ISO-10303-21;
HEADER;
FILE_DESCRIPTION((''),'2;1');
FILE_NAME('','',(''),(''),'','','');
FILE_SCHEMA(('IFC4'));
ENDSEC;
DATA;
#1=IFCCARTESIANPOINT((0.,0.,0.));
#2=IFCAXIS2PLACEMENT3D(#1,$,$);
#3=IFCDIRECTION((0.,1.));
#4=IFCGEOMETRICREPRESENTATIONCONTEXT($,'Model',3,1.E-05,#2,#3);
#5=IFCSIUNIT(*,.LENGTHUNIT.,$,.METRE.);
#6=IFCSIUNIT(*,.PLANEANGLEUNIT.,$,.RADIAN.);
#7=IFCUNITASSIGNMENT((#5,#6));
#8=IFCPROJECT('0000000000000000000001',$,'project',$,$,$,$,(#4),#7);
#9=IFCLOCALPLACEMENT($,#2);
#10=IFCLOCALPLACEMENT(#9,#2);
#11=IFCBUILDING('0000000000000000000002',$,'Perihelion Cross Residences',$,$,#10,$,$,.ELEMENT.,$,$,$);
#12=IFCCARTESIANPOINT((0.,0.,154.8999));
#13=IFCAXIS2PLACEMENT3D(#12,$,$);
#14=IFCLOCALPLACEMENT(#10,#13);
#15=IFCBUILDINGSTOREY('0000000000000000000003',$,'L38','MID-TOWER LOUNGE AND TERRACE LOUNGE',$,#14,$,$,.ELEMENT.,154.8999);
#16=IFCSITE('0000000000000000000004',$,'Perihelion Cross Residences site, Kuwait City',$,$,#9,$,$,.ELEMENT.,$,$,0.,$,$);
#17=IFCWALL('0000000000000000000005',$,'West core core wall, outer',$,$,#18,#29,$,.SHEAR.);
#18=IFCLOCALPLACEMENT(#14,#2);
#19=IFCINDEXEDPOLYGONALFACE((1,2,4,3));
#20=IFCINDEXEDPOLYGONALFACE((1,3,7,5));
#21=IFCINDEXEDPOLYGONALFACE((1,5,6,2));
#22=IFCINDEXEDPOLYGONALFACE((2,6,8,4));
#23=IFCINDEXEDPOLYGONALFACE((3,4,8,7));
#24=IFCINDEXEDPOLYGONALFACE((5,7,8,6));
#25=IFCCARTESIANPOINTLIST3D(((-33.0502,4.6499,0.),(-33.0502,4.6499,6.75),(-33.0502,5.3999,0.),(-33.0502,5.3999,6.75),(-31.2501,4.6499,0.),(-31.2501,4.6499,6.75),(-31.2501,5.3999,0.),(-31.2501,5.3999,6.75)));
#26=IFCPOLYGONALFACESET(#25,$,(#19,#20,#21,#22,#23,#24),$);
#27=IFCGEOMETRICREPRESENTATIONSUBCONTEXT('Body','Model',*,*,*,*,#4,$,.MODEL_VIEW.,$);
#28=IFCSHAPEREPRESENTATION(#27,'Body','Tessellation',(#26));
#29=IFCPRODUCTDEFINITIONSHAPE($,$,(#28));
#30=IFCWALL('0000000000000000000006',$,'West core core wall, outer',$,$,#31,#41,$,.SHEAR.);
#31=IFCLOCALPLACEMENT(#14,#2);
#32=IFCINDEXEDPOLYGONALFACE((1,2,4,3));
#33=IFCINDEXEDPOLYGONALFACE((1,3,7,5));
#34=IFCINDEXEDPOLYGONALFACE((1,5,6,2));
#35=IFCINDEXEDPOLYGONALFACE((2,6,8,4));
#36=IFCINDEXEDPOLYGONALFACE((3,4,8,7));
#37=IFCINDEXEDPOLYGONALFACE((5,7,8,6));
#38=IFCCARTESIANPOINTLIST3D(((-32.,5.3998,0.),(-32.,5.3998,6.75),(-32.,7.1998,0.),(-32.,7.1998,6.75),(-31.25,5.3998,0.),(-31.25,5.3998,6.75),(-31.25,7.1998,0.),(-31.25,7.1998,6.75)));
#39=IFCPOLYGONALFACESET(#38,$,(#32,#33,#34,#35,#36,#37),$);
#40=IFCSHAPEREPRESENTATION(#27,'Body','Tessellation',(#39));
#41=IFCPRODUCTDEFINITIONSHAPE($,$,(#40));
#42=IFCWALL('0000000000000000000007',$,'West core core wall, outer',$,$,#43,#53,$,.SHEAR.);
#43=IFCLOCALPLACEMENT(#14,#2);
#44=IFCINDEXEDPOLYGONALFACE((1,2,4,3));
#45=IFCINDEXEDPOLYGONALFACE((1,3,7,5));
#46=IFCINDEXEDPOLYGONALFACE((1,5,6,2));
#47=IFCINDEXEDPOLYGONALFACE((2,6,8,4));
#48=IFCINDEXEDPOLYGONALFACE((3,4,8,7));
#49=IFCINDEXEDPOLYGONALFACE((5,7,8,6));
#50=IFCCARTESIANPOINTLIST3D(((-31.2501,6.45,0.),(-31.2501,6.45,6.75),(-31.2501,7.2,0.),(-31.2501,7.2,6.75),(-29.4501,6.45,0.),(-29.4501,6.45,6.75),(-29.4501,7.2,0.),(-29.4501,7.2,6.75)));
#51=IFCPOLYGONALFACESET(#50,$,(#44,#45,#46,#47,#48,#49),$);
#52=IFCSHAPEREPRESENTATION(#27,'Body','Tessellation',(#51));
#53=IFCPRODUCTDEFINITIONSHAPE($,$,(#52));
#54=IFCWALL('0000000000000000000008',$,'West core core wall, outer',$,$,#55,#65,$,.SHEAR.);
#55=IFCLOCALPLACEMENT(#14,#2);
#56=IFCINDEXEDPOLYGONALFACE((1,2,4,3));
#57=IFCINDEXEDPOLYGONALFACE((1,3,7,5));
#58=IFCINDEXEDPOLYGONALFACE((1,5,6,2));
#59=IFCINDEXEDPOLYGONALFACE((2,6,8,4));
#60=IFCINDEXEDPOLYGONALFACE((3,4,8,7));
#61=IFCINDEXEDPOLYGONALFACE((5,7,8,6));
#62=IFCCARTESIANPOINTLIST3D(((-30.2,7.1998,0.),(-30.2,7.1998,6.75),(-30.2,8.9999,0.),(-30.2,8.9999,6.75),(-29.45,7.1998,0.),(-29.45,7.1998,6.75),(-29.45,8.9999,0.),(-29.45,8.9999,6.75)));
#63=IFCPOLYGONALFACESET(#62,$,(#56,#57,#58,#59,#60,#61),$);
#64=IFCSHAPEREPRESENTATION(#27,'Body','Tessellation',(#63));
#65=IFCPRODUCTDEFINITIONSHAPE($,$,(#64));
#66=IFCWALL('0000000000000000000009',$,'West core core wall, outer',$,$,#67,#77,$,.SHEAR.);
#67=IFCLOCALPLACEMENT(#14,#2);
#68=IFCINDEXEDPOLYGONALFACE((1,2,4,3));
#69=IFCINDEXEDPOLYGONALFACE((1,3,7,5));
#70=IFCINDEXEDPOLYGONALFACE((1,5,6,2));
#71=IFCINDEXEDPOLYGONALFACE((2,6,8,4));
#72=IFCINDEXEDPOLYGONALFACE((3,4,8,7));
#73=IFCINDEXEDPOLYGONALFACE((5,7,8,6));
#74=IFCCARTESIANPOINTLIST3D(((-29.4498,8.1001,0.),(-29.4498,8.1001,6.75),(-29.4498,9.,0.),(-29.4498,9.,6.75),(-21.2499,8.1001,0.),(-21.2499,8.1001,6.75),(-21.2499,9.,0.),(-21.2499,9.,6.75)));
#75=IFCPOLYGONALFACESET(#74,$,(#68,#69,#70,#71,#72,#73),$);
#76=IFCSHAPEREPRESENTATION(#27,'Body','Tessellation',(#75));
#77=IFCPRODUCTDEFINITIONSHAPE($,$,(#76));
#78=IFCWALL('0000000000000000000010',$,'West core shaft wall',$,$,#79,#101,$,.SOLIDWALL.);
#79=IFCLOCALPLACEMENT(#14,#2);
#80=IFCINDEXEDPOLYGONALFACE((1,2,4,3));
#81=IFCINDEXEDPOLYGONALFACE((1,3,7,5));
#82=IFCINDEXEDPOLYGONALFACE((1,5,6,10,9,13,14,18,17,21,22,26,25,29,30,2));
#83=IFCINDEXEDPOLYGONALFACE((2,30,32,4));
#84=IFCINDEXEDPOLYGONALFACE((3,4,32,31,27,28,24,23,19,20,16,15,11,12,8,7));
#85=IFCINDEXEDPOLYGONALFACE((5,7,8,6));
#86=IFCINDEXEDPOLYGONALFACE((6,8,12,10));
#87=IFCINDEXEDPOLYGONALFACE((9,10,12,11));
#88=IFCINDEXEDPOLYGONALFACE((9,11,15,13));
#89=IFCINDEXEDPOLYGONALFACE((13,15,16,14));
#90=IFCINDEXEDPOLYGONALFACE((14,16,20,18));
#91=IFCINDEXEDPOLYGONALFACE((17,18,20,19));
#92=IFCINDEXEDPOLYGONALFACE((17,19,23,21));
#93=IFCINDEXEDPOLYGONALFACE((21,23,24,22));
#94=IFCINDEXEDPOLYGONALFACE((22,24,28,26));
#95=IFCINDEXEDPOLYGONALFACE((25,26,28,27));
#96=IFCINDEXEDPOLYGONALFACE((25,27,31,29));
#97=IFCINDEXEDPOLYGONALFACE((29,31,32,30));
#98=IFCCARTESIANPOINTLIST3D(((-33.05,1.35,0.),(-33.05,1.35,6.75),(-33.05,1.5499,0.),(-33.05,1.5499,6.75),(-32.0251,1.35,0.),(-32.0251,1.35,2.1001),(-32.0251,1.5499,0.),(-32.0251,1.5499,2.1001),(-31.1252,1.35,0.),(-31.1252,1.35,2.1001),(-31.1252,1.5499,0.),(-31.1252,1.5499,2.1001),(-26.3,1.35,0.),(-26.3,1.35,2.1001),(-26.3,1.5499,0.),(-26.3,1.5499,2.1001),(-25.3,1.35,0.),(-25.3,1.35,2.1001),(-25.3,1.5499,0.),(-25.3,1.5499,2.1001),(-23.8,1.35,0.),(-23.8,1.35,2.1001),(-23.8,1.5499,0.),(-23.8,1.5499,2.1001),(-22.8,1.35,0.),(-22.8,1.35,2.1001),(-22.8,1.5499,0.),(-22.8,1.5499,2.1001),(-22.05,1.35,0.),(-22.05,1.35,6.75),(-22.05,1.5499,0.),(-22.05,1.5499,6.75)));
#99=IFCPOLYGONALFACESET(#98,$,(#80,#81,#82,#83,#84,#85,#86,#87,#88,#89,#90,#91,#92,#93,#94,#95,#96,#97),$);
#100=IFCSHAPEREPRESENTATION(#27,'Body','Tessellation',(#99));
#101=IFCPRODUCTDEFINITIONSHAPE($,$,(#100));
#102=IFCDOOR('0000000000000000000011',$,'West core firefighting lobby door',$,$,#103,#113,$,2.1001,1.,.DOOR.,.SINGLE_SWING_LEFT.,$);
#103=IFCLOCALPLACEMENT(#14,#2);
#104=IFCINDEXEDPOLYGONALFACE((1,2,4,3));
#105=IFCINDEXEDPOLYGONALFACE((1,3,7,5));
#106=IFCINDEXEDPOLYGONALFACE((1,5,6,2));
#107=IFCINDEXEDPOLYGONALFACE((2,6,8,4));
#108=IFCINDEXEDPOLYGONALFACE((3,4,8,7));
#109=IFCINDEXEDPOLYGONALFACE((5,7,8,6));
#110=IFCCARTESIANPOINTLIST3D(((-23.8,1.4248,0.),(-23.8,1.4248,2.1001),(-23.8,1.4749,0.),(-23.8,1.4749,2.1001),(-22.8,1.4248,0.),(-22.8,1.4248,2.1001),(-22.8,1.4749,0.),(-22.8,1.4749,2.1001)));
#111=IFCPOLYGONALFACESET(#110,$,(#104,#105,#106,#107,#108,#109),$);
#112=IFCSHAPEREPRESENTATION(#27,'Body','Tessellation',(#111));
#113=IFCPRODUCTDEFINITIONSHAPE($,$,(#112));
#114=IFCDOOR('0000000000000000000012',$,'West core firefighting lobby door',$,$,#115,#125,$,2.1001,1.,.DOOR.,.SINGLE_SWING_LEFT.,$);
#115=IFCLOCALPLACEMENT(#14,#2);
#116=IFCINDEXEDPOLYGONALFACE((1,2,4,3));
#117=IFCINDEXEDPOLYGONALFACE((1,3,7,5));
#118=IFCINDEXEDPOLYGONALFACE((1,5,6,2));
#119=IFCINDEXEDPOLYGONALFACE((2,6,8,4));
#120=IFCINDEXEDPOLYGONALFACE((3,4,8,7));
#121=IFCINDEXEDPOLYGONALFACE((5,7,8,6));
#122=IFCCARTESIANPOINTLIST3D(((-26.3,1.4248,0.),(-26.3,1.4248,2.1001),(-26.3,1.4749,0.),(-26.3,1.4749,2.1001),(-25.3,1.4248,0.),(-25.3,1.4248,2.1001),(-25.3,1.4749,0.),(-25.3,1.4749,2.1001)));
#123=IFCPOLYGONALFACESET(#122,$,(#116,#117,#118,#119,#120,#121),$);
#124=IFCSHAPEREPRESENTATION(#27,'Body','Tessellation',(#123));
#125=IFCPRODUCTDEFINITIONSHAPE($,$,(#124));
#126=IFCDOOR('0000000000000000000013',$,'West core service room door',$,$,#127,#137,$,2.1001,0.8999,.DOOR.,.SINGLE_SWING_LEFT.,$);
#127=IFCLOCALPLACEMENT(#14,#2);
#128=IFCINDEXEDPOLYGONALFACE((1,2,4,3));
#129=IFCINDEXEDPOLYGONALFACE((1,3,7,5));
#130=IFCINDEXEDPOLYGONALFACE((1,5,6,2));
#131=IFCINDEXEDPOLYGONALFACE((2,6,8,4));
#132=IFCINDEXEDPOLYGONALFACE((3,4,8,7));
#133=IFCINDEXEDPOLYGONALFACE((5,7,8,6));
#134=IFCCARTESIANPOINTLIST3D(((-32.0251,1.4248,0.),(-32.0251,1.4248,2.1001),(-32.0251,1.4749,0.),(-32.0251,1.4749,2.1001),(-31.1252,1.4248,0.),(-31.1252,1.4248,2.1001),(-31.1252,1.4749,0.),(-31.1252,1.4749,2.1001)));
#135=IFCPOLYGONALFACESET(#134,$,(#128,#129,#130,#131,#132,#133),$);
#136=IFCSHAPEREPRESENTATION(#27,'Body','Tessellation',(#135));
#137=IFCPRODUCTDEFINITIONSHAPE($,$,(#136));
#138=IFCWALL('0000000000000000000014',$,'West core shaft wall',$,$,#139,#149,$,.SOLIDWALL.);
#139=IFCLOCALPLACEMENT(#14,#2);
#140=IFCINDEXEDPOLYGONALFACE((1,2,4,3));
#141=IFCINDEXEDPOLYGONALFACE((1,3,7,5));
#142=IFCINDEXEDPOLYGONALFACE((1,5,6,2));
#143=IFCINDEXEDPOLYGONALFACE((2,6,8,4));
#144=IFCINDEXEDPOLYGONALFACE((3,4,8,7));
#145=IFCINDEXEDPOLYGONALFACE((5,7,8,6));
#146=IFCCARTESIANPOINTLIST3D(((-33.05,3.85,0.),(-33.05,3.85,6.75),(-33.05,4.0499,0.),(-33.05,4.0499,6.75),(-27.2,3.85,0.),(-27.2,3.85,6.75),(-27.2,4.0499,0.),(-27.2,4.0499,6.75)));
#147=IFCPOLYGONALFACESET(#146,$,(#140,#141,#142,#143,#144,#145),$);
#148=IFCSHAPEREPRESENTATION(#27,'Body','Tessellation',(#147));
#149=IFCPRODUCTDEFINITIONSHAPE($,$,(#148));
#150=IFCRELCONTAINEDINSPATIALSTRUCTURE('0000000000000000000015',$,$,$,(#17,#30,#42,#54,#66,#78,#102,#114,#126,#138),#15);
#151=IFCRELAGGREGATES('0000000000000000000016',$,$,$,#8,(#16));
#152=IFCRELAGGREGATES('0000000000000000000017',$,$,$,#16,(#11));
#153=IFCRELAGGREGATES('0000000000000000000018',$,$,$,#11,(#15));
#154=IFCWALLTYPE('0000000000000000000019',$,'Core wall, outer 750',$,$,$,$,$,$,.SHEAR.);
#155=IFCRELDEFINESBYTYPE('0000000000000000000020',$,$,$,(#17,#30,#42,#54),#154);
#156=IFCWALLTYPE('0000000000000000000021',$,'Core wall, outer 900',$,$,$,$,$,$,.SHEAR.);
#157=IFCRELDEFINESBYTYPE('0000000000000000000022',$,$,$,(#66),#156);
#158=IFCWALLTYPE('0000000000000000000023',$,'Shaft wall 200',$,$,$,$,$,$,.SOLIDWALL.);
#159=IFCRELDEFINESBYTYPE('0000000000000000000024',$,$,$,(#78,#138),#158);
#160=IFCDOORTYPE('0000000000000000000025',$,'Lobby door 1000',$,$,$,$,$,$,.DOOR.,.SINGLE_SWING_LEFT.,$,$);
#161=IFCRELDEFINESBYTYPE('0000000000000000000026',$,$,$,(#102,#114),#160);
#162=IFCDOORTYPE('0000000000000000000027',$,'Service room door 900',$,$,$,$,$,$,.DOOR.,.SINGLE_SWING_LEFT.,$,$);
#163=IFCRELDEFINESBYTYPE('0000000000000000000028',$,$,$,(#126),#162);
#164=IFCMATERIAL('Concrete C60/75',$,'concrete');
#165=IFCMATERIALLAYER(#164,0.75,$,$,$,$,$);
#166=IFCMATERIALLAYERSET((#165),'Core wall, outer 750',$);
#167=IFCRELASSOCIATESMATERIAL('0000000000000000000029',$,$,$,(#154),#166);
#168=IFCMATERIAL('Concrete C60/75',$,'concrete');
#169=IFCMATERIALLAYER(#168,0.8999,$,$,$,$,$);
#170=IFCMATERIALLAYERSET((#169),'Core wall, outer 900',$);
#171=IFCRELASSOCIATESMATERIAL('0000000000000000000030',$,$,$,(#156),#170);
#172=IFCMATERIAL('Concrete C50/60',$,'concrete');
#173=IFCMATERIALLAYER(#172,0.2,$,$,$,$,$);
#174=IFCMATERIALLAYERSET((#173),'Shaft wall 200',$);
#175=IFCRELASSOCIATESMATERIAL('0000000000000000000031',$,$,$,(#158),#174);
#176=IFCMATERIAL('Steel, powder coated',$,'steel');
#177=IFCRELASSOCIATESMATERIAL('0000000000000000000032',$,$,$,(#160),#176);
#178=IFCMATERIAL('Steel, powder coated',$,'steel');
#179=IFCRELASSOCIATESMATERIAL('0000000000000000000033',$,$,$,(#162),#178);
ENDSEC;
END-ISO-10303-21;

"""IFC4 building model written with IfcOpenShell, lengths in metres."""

from ifc_helpers import new_model, si_unit, direction, frame, frame_2d, origin, place, context, subcontext, project, spatial, rectangle, extrude, material, layer, layer_set, type_object, element, fill, save


model = new_model("IFC4")

# Units and contexts
model_context = context("Model", 3, precision=1e-05, world=origin(), true_north=direction((0.0, 1.0)))
body_context = subcontext(model_context, "Body", "Model", "MODEL_VIEW")
ifc_project = project(units=[si_unit("LENGTHUNIT", "METRE"), si_unit("PLANEANGLEUNIT", "RADIAN")], contexts=[model_context])

# Site, building, storey
site_placement = place(None, origin())
site = spatial("IfcSite", under=ifc_project, at=site_placement, Name="Perihelion Cross Residences site, Kuwait City", CompositionType="ELEMENT", RefElevation=0.0)
building_placement = place(site_placement, origin())
building = spatial("IfcBuilding", under=site, at=building_placement, Name="Perihelion Cross Residences", CompositionType="ELEMENT")
storey_placement = place(building_placement, frame((0.0, 0.0, 154.8999)))
storey = spatial("IfcBuildingStorey", under=building, at=storey_placement, Name="L38", Description="MID-TOWER LOUNGE AND TERRACE LOUNGE", CompositionType="ELEMENT", Elevation=154.8999)

# Walls
ifc_material_1 = material(Name="Concrete C60/75", Category="concrete")
ifc_layer_1 = layer(ifc_material_1, 0.75)
ifc_layer_set_1 = layer_set([ifc_layer_1], Name="Core wall, outer 750")
wall_type_1 = type_object("IfcWallType", Name="Core wall, outer 750", PredefinedType="SHEAR", material=ifc_layer_set_1)
for number, where, z_axis, x_axis, name in (
    (1, (-33.05, 5.0249, 0.0), (0.0, 0.0, 1.0), (1.0, 0.0, 0.0), "West core core wall, outer"),
    (2, (-31.625, 5.3999, 0.0), (0.0, 0.0, 1.0), (0.0, 1.0, 0.0), "West core core wall, outer"),
    (3, (-31.25, 6.825, 0.0), (0.0, 0.0, 1.0), (1.0, 0.0, 0.0), "West core core wall, outer"),
    (4, (-29.825, 7.2, 0.0), (0.0, 0.0, 1.0), (0.0, 1.0, 0.0), "West core core wall, outer"),
):
    element("IfcWall", number, at=place(storey_placement, frame(where, z_axis=z_axis, x_axis=x_axis)), inside=storey, type_object=wall_type_1, Name=name, PredefinedType="SHEAR", context=body_context, shape_type="SweptSolid", body=[
        extrude(rectangle(XDim=1.8, YDim=0.75, at=frame_2d((0.8999, 0.0))), origin(), (0.0, 0.0, 1.0), 6.75),
    ])
ifc_material_2 = material(Name="Concrete C60/75", Category="concrete")
ifc_layer_2 = layer(ifc_material_2, 0.8999)
ifc_layer_set_2 = layer_set([ifc_layer_2], Name="Core wall, outer 900")
wall_type_2 = type_object("IfcWallType", Name="Core wall, outer 900", PredefinedType="SHEAR", material=ifc_layer_set_2)
wall_1_placement = place(storey_placement, frame((-29.45, 8.55, 0.0), z_axis=(0.0, 0.0, 1.0), x_axis=(1.0, 0.0, 0.0)))
element("IfcWall", 5, at=wall_1_placement, inside=storey, type_object=wall_type_2, Name="West core core wall, outer", PredefinedType="SHEAR", context=body_context, shape_type="SweptSolid", body=[
    extrude(rectangle(XDim=8.2, YDim=0.8999, at=frame_2d((4.1001, 0.0))), origin(), (0.0, 0.0, 1.0), 6.75),
])

# Wall, openings, doors
ifc_material_3 = material(Name="Concrete C50/60", Category="concrete")
ifc_layer_3 = layer(ifc_material_3, 0.2)
ifc_layer_set_3 = layer_set([ifc_layer_3], Name="Shaft wall 200")
wall_type_3 = type_object("IfcWallType", Name="Shaft wall 200", PredefinedType="SOLIDWALL", material=ifc_layer_set_3)
wall_2_placement = place(storey_placement, frame((-33.05, 1.45, 0.0), z_axis=(0.0, 0.0, 1.0), x_axis=(1.0, 0.0, 0.0)))
wall_2 = element("IfcWall", 6, at=wall_2_placement, inside=storey, type_object=wall_type_3, Name="West core shaft wall", PredefinedType="SOLIDWALL", context=body_context, shape_type="SweptSolid", body=[
    extrude(rectangle(XDim=11.0, YDim=0.2, at=frame_2d((5.5, 0.0))), origin(), (0.0, 0.0, 1.0), 6.75),
])
opening_1_placement = place(wall_2_placement, frame((9.25, 0.0, 0.0)))
opening_1 = element("IfcOpeningElement", 7, at=opening_1_placement, cuts=wall_2, PredefinedType="OPENING", context=body_context, shape_type="SweptSolid", body=[
    extrude(rectangle(XDim=1.0, YDim=2.1001, at=frame_2d((0.5, 1.05))), frame((0.0, 0.1099, 0.0), z_axis=(0.0, -1.0, 0.0), x_axis=(1.0, 0.0, 0.0)), (0.0, 0.0, 1.0), 0.22),
])
opening_2_placement = place(wall_2_placement, frame((6.75, 0.0, 0.0)))
opening_2 = element("IfcOpeningElement", 8, at=opening_2_placement, cuts=wall_2, PredefinedType="OPENING", context=body_context, shape_type="SweptSolid", body=[
    extrude(rectangle(XDim=1.0, YDim=2.1001, at=frame_2d((0.5, 1.05))), frame((0.0, 0.1099, 0.0), z_axis=(0.0, -1.0, 0.0), x_axis=(1.0, 0.0, 0.0)), (0.0, 0.0, 1.0), 0.22),
])
opening_3_placement = place(wall_2_placement, frame((1.0249, 0.0, 0.0)))
opening_3 = element("IfcOpeningElement", 9, at=opening_3_placement, cuts=wall_2, PredefinedType="OPENING", context=body_context, shape_type="SweptSolid", body=[
    extrude(rectangle(XDim=0.8999, YDim=2.1001, at=frame_2d((0.45, 1.05))), frame((0.0, 0.1099, 0.0), z_axis=(0.0, -1.0, 0.0), x_axis=(1.0, 0.0, 0.0)), (0.0, 0.0, 1.0), 0.22),
])
ifc_material_4 = material(Name="Steel, powder coated", Category="steel")
door_type_1 = type_object("IfcDoorType", Name="Lobby door 1000", OperationType="SINGLE_SWING_LEFT", PredefinedType="DOOR", material=ifc_material_4)
door_1_placement = place(opening_1_placement, origin())
door_1 = element("IfcDoor", 10, at=door_1_placement, inside=storey, type_object=door_type_1, Name="West core firefighting lobby door", OperationType="SINGLE_SWING_LEFT", OverallHeight=2.1001, OverallWidth=1.0, PredefinedType="DOOR", context=body_context, shape_type="SweptSolid", body=[
    extrude(rectangle(XDim=1.0, YDim=2.1001, at=frame_2d((0.5, 1.05))), frame((0.0, 0.0249, 0.0), z_axis=(0.0, -1.0, 0.0), x_axis=(1.0, 0.0, 0.0)), (0.0, 0.0, 1.0), 0.05),
])
fill(opening_1, door_1)
door_2_placement = place(opening_2_placement, origin())
door_2 = element("IfcDoor", 11, at=door_2_placement, inside=storey, type_object=door_type_1, Name="West core firefighting lobby door", OperationType="SINGLE_SWING_LEFT", OverallHeight=2.1001, OverallWidth=1.0, PredefinedType="DOOR", context=body_context, shape_type="SweptSolid", body=[
    extrude(rectangle(XDim=1.0, YDim=2.1001, at=frame_2d((0.5, 1.05))), frame((0.0, 0.0249, 0.0), z_axis=(0.0, -1.0, 0.0), x_axis=(1.0, 0.0, 0.0)), (0.0, 0.0, 1.0), 0.05),
])
fill(opening_2, door_2)
ifc_material_5 = material(Name="Steel, powder coated", Category="steel")
door_type_2 = type_object("IfcDoorType", Name="Service room door 900", OperationType="SINGLE_SWING_LEFT", PredefinedType="DOOR", material=ifc_material_5)
door_3_placement = place(opening_3_placement, origin())
door_3 = element("IfcDoor", 12, at=door_3_placement, inside=storey, type_object=door_type_2, Name="West core service room door", OperationType="SINGLE_SWING_LEFT", OverallHeight=2.1001, OverallWidth=0.8999, PredefinedType="DOOR", context=body_context, shape_type="SweptSolid", body=[
    extrude(rectangle(XDim=0.8999, YDim=2.1001, at=frame_2d((0.45, 1.05))), frame((0.0, 0.0249, 0.0), z_axis=(0.0, -1.0, 0.0), x_axis=(1.0, 0.0, 0.0)), (0.0, 0.0, 1.0), 0.05),
])
fill(opening_3, door_3)

# Wall
wall_3_placement = place(storey_placement, frame((-33.05, 3.95, 0.0), z_axis=(0.0, 0.0, 1.0), x_axis=(1.0, 0.0, 0.0)))
element("IfcWall", 13, at=wall_3_placement, inside=storey, type_object=wall_type_3, Name="West core shaft wall", PredefinedType="SOLIDWALL", context=body_context, shape_type="SweptSolid", body=[
    extrude(rectangle(XDim=5.8501, YDim=0.2, at=frame_2d((2.925, 0.0))), origin(), (0.0, 0.0, 1.0), 6.75),
])

save(model, "model.ifc")
